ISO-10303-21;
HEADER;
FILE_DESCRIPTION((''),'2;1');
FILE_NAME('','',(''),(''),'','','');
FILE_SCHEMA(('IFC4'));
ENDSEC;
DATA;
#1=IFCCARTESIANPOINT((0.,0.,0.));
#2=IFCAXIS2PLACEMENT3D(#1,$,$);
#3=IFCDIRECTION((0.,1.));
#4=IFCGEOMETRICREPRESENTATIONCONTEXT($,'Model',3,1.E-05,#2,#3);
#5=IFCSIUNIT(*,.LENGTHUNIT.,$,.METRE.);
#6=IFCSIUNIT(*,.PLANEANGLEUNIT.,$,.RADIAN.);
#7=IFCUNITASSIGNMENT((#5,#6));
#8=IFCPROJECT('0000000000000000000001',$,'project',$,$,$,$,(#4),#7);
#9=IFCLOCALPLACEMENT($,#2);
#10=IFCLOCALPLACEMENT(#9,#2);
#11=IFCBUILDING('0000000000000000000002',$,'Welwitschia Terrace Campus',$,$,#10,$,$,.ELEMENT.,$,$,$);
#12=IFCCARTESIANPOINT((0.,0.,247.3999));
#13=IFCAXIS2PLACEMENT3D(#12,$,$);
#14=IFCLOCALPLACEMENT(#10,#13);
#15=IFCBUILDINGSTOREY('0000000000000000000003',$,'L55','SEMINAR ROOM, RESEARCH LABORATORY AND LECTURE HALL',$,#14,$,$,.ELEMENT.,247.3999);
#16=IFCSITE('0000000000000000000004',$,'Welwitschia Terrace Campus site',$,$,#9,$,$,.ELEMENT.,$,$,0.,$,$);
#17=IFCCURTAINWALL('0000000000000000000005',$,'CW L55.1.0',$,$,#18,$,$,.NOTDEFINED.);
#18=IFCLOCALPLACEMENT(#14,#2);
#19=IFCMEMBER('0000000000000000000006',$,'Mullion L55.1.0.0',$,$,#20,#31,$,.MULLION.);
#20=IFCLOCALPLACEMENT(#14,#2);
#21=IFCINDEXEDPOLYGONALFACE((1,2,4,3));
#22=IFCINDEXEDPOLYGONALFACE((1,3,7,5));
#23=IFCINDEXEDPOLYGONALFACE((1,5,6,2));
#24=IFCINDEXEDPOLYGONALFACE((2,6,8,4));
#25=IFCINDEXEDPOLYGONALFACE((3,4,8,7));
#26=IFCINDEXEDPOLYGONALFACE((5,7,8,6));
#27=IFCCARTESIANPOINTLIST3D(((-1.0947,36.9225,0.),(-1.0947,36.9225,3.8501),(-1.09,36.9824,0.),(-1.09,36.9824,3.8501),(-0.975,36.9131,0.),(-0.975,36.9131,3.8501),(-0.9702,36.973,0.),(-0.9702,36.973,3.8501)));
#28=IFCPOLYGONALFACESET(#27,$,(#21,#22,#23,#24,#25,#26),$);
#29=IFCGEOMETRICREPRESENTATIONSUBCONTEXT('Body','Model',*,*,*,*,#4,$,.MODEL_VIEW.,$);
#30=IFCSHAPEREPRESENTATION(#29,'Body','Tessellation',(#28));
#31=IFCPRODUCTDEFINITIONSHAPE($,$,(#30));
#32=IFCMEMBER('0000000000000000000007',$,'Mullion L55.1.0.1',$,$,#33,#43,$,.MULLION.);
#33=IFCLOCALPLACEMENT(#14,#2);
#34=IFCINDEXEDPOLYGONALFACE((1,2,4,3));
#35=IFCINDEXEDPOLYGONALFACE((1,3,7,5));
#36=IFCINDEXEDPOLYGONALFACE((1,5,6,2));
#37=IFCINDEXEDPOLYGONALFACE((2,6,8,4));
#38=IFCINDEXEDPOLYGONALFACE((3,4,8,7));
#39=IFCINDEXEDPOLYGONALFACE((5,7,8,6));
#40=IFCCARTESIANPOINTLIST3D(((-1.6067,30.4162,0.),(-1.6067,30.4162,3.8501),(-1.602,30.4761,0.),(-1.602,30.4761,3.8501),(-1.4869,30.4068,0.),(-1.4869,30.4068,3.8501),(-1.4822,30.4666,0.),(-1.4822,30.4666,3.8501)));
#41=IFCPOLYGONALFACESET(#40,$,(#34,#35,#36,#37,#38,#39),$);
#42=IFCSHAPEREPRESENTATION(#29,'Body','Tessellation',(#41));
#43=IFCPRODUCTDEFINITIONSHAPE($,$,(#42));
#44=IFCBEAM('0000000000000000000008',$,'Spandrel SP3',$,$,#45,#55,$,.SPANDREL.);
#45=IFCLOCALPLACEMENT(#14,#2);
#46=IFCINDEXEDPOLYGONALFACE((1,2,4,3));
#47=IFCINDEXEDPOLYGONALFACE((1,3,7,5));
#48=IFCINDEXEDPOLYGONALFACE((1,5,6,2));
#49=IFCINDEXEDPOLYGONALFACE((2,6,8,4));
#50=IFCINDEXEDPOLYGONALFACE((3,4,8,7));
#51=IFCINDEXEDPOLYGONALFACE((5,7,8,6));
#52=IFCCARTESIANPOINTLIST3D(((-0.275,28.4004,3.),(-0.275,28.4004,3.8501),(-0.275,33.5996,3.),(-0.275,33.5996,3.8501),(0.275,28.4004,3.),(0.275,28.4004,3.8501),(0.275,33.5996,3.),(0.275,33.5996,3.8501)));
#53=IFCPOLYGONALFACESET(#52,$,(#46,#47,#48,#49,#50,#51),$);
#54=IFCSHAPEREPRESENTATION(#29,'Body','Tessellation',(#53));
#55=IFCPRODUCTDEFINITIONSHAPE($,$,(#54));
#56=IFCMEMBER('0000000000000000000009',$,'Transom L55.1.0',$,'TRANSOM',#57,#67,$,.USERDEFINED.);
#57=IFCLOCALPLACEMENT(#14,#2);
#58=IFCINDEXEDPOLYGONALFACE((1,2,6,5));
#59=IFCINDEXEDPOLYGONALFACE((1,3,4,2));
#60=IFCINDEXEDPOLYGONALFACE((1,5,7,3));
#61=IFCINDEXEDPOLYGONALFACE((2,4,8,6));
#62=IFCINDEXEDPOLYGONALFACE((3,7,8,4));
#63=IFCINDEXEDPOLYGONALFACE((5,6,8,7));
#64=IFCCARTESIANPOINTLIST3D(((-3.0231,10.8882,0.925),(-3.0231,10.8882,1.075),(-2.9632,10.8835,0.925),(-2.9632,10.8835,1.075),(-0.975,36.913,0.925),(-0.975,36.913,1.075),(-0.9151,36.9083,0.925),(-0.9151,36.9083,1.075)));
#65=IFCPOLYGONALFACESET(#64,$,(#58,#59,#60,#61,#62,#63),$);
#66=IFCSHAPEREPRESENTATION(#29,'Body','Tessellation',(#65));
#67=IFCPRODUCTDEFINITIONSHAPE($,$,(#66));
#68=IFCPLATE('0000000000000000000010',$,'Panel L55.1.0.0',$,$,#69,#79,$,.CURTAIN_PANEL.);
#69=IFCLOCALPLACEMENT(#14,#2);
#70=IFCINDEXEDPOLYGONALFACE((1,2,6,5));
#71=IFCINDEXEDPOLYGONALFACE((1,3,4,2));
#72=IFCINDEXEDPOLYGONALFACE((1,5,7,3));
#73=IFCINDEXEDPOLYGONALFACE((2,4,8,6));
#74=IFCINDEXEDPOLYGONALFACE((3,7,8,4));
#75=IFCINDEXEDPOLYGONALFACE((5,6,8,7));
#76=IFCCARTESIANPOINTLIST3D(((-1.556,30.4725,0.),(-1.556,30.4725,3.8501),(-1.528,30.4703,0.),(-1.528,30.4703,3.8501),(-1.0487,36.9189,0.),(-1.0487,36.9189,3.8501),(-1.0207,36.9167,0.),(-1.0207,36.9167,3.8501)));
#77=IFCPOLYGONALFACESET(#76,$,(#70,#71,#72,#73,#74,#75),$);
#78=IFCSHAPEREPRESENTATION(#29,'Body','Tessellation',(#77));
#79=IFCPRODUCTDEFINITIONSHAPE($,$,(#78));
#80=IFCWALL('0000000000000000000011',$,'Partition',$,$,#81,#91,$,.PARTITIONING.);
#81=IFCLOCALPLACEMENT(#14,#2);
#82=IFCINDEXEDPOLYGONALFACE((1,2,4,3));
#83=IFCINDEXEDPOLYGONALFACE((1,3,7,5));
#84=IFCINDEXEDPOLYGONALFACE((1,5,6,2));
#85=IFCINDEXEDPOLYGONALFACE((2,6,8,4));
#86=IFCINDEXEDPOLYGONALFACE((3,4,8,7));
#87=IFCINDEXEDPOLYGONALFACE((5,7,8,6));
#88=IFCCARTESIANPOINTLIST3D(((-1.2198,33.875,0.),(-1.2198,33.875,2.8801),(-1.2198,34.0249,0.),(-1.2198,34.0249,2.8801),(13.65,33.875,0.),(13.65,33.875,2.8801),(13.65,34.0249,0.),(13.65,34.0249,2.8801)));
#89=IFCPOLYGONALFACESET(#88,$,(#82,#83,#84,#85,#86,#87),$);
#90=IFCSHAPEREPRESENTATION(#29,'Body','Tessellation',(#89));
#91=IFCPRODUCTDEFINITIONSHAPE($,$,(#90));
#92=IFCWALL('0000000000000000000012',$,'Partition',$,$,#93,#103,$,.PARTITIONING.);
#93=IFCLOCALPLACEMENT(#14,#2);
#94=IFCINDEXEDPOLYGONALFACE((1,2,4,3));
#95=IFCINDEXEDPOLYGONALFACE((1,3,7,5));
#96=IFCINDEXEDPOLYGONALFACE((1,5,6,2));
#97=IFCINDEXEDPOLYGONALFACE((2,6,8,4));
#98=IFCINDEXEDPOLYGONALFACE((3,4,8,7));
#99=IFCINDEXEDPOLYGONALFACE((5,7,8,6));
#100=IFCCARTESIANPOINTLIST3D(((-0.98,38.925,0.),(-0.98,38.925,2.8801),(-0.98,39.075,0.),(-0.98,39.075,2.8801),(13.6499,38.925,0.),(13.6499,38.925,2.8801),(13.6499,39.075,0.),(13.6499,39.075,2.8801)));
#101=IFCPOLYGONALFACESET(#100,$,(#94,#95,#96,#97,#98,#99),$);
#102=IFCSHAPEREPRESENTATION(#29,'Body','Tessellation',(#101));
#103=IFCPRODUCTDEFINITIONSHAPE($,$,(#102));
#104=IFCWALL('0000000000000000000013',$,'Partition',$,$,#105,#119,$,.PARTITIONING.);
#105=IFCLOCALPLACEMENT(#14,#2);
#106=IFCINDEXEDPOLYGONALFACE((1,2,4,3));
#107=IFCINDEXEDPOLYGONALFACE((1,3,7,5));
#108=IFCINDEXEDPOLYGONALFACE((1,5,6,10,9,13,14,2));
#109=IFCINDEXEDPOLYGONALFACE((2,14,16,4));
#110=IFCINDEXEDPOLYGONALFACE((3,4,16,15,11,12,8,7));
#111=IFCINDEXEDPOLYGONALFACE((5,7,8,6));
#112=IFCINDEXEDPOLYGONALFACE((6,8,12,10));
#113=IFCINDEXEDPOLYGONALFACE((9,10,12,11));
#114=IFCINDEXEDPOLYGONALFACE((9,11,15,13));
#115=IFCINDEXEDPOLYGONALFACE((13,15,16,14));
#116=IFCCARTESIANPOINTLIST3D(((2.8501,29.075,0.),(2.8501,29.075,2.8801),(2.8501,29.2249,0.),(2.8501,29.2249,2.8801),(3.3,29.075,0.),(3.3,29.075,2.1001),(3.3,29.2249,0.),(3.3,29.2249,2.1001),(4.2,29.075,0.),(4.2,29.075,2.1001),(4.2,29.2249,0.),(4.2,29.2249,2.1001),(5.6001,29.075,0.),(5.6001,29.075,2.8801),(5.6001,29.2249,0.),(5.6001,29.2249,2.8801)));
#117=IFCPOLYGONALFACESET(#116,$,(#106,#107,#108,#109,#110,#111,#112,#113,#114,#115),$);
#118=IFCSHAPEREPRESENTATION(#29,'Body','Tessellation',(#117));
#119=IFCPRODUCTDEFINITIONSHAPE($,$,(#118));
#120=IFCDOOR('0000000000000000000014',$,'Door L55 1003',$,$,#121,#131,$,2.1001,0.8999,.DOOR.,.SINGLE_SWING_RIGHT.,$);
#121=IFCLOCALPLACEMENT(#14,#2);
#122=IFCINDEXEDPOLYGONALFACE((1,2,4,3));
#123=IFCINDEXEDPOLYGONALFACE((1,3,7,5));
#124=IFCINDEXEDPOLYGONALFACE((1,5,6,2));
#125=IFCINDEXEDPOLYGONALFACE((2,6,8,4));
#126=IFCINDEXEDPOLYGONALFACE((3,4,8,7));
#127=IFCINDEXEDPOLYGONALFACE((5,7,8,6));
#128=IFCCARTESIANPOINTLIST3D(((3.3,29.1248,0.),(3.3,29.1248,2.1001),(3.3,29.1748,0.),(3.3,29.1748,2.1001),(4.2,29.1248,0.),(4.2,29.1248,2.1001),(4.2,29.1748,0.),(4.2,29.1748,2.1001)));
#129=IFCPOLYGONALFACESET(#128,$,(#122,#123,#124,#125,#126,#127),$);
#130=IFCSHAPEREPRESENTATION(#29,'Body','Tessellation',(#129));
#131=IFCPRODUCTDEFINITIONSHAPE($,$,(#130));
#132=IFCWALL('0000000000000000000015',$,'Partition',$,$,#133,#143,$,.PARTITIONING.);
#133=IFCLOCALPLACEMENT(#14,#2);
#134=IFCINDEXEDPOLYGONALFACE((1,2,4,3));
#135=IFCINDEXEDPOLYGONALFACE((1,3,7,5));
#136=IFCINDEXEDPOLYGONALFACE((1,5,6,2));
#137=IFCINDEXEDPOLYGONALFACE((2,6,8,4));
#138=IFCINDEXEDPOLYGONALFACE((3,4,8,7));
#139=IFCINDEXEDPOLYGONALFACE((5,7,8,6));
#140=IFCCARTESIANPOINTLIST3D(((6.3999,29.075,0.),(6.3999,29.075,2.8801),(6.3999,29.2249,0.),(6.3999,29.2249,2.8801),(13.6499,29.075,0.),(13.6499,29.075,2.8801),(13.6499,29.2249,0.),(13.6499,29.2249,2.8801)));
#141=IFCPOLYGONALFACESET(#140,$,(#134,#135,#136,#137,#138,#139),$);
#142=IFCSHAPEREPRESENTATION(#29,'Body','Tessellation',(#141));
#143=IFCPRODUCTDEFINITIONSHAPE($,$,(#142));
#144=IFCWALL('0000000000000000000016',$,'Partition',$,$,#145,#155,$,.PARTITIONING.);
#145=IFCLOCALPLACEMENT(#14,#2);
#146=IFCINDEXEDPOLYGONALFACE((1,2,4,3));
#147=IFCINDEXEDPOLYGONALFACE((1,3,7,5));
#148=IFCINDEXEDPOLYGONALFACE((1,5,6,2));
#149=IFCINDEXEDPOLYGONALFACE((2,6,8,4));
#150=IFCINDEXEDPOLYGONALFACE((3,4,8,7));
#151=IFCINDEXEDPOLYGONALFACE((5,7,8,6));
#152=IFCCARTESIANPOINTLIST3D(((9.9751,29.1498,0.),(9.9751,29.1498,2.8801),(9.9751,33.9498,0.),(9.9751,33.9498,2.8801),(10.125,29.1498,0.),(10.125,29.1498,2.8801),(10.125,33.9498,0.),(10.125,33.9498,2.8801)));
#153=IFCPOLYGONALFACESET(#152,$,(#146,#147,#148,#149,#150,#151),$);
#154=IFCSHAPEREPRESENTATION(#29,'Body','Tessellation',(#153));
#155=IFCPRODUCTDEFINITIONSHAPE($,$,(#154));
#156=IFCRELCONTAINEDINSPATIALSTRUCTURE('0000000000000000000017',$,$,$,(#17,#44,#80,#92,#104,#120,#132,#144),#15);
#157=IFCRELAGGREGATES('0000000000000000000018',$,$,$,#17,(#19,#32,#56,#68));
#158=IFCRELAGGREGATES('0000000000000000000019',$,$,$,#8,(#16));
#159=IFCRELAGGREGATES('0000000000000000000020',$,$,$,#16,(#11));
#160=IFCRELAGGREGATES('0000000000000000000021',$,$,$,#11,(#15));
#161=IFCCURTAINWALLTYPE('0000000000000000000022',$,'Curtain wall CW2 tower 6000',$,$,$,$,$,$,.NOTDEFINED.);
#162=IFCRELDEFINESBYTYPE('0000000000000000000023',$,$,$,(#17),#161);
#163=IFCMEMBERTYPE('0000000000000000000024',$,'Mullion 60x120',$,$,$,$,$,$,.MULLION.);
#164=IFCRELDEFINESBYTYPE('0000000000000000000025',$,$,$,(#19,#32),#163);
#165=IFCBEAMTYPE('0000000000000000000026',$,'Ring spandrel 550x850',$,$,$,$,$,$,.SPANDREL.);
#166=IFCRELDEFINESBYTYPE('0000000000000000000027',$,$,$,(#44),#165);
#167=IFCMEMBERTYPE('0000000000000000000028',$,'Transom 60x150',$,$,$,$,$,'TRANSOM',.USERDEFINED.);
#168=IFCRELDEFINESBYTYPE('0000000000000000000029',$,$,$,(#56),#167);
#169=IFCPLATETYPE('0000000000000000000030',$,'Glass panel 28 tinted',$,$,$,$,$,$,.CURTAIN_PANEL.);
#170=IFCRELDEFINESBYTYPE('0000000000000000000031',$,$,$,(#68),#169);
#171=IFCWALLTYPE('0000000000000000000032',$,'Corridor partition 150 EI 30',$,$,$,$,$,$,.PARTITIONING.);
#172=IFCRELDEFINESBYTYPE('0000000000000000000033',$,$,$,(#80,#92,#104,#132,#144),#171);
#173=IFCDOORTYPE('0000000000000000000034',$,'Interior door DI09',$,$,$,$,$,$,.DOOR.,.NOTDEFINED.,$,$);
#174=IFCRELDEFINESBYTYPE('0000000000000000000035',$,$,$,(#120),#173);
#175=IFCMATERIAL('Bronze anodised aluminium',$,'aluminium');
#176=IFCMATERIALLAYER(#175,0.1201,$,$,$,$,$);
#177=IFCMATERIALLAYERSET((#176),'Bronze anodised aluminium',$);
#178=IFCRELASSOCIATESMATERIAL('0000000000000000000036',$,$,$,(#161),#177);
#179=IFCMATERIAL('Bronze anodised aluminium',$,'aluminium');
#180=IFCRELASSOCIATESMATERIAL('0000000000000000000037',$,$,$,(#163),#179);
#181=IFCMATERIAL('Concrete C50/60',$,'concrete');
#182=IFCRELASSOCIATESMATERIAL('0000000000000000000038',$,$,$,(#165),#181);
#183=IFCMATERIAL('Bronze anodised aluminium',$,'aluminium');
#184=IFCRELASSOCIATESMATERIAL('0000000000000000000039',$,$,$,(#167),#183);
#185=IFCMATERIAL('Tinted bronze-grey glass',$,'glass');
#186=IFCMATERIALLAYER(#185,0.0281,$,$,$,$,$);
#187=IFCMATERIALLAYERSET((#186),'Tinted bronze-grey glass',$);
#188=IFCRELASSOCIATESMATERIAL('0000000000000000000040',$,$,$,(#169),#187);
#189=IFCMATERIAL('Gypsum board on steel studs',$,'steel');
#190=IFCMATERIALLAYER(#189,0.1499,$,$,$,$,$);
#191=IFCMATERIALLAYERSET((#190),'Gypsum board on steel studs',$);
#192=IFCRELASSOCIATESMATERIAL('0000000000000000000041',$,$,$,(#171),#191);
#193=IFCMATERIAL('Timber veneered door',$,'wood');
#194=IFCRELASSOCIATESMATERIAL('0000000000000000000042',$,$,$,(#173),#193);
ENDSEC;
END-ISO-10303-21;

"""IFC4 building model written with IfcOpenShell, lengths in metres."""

from ifc_helpers import new_model, si_unit, direction, frame, frame_2d, origin, origin_2d, place, context, subcontext, project, spatial, rectangle, extrude, material, layer, layer_set, material_profile, profile_set, type_object, element, fill, aggregate, save


model = new_model("IFC4")

# Units and contexts
model_context = context("Model", 3, precision=1e-05, world=origin(), true_north=direction((0.0, 1.0)))
body_context = subcontext(model_context, "Body", "Model", "MODEL_VIEW")
ifc_project = project(units=[si_unit("LENGTHUNIT", "METRE"), si_unit("PLANEANGLEUNIT", "RADIAN")], contexts=[model_context])

# Site, building, storey
site_placement = place(None, origin())
site = spatial("IfcSite", under=ifc_project, at=site_placement, Name="Welwitschia Terrace Campus site", CompositionType="ELEMENT", RefElevation=0.0)
building_placement = place(site_placement, origin())
building = spatial("IfcBuilding", under=site, at=building_placement, Name="Welwitschia Terrace Campus", CompositionType="ELEMENT")
storey_placement = place(building_placement, frame((0.0, 0.0, 247.3999)))
storey = spatial("IfcBuildingStorey", under=building, at=storey_placement, Name="L55", Description="SEMINAR ROOM, RESEARCH LABORATORY AND LECTURE HALL", CompositionType="ELEMENT", Elevation=247.3999)

# Shared definitions
ifc_material_1 = material(Name="Bronze anodised aluminium", Category="aluminium")
ifc_layer_1 = layer(ifc_material_1, 0.1201)
ifc_layer_set_1 = layer_set([ifc_layer_1], Name="Bronze anodised aluminium")
curtain_wall_type = type_object("IfcCurtainWallType", Name="Curtain wall CW2 tower 6000", PredefinedType="NOTDEFINED", material=ifc_layer_set_1)
ifc_material_2 = material(Name="Bronze anodised aluminium", Category="aluminium")
ifc_material_profile_1 = material_profile(ifc_material_2, rectangle(XDim=0.1201, YDim=0.0601, at=origin_2d()))
ifc_profile_set_1 = profile_set([ifc_material_profile_1], Name="Bronze anodised aluminium")
member_type_1 = type_object("IfcMemberType", Name="Mullion 60x120", PredefinedType="MULLION", material=ifc_profile_set_1)

# Curtain wall, members
curtain_wall_1_placement = place(storey_placement, origin())
curtain_wall_1 = element("IfcCurtainWall", 1, at=curtain_wall_1_placement, inside=storey, type_object=curtain_wall_type, Name="CW L55.1.0", PredefinedType="NOTDEFINED")
member_1_placement = place(storey_placement, frame((-1.0325, 36.9478, 0.0), z_axis=(0.0, 0.0, 1.0), x_axis=(0.996917, -0.078459, 0.0)))
member_1 = element("IfcMember", 2, at=member_1_placement, type_object=member_type_1, Name="Mullion L55.1.0.0", PredefinedType="MULLION", context=body_context, shape_type="SweptSolid", body=[
    extrude(rectangle(XDim=0.1201, YDim=0.0601, at=origin_2d()), origin(), (0.0, 0.0, 1.0), 3.8501),
])
member_2_placement = place(storey_placement, frame((-1.5444, 30.4414, 0.0), z_axis=(0.0, 0.0, 1.0), x_axis=(0.996917, -0.078459, 0.0)))
member_2 = element("IfcMember", 3, at=member_2_placement, type_object=member_type_1, Name="Mullion L55.1.0.1", PredefinedType="MULLION", context=body_context, shape_type="SweptSolid", body=[
    extrude(rectangle(XDim=0.1201, YDim=0.0601, at=origin_2d()), origin(), (0.0, 0.0, 1.0), 3.8501),
])

# Beam
ifc_material_3 = material(Name="Concrete C50/60", Category="concrete")
ifc_material_profile_2 = material_profile(ifc_material_3, rectangle(XDim=0.55, YDim=0.8501, at=origin_2d()))
ifc_profile_set_2 = profile_set([ifc_material_profile_2], Name="Concrete C50/60")
beam_type_1 = type_object("IfcBeamType", Name="Ring spandrel 550x850", PredefinedType="SPANDREL", material=ifc_profile_set_2)
beam_1_placement = place(storey_placement, frame((0.0, 33.5996, 3.425), z_axis=(0.0, -1.0, 0.0), x_axis=(1.0, 0.0, 0.0)))
element("IfcBeam", 4, at=beam_1_placement, inside=storey, type_object=beam_type_1, Name="Spandrel SP3", PredefinedType="SPANDREL", context=body_context, shape_type="SweptSolid", body=[
    extrude(rectangle(XDim=0.55, YDim=0.8501, at=origin_2d()), origin(), (0.0, 0.0, 1.0), 5.1992),
])

# Member
ifc_material_4 = material(Name="Bronze anodised aluminium", Category="aluminium")
ifc_material_profile_3 = material_profile(ifc_material_4, rectangle(XDim=0.0601, YDim=0.1499, at=origin_2d()))
ifc_profile_set_3 = profile_set([ifc_material_profile_3], Name="Bronze anodised aluminium")
member_type_2 = type_object("IfcMemberType", Name="Transom 60x150", ElementType="TRANSOM", PredefinedType="USERDEFINED", material=ifc_profile_set_3)
member_3_placement = place(storey_placement, frame((-0.9451, 36.9106, 1.0), z_axis=(-0.078456, -0.996918, 0.0), x_axis=(0.996918, -0.078456, 0.0)))
member_3 = element("IfcMember", 5, at=member_3_placement, type_object=member_type_2, Name="Transom L55.1.0", ObjectType="TRANSOM", PredefinedType="USERDEFINED", context=body_context, shape_type="SweptSolid", body=[
    extrude(rectangle(XDim=0.0601, YDim=0.1499, at=origin_2d()), origin(), (0.0, 0.0, 1.0), 26.1052),
])

# Plate
ifc_material_5 = material(Name="Tinted bronze-grey glass", Category="glass")
ifc_layer_2 = layer(ifc_material_5, 0.0281)
ifc_layer_set_2 = layer_set([ifc_layer_2], Name="Tinted bronze-grey glass")
plate_type = type_object("IfcPlateType", Name="Glass panel 28 tinted", PredefinedType="CURTAIN_PANEL", material=ifc_layer_set_2)
plate_placement = place(storey_placement, frame((-1.2883, 33.6946, 0.0), z_axis=(0.0, 0.0, 1.0), x_axis=(-0.078459, -0.996917, 0.0)))
plate = element("IfcPlate", 6, at=plate_placement, type_object=plate_type, Name="Panel L55.1.0.0", PredefinedType="CURTAIN_PANEL", context=body_context, shape_type="SweptSolid", body=[
    extrude(rectangle(XDim=6.4663, YDim=0.0281, at=origin_2d()), origin(), (0.0, 0.0, 1.0), 3.8501),
])
aggregate(curtain_wall_1, [member_1, member_2, member_3, plate])

# Walls
ifc_material_6 = material(Name="Gypsum board on steel studs", Category="steel")
ifc_layer_3 = layer(ifc_material_6, 0.1499)
ifc_layer_set_3 = layer_set([ifc_layer_3], Name="Gypsum board on steel studs")
wall_type = type_object("IfcWallType", Name="Corridor partition 150 EI 30", PredefinedType="PARTITIONING", material=ifc_layer_set_3)
wall_1_placement = place(storey_placement, frame((-1.22, 33.95, 0.0), z_axis=(0.0, 0.0, 1.0), x_axis=(1.0, 0.0, 0.0)))
element("IfcWall", 7, at=wall_1_placement, inside=storey, type_object=wall_type, Name="Partition", PredefinedType="PARTITIONING", context=body_context, shape_type="SweptSolid", body=[
    extrude(rectangle(XDim=14.8699, YDim=0.1499, at=frame_2d((7.4351, 0.0))), origin(), (0.0, 0.0, 1.0), 2.8801),
])
wall_2_placement = place(storey_placement, frame((-0.98, 39.0, 0.0), z_axis=(0.0, 0.0, 1.0), x_axis=(1.0, 0.0, 0.0)))
element("IfcWall", 8, at=wall_2_placement, inside=storey, type_object=wall_type, Name="Partition", PredefinedType="PARTITIONING", context=body_context, shape_type="SweptSolid", body=[
    extrude(rectangle(XDim=14.6299, YDim=0.1499, at=frame_2d((7.3149, 0.0))), origin(), (0.0, 0.0, 1.0), 2.8801),
])

# Wall, opening, door
wall_3_placement = place(storey_placement, frame((2.8501, 29.1499, 0.0), z_axis=(0.0, 0.0, 1.0), x_axis=(1.0, 0.0, 0.0)))
wall_3 = element("IfcWall", 9, at=wall_3_placement, inside=storey, type_object=wall_type, Name="Partition", PredefinedType="PARTITIONING", context=body_context, shape_type="SweptSolid", body=[
    extrude(rectangle(XDim=2.75, YDim=0.1499, at=frame_2d((1.375, 0.0))), origin(), (0.0, 0.0, 1.0), 2.8801),
])
opening_1_placement = place(wall_3_placement, frame((0.45, 0.0, 0.0)))
opening_1 = element("IfcOpeningElement", 10, at=opening_1_placement, cuts=wall_3, PredefinedType="OPENING", context=body_context, shape_type="SweptSolid", body=[
    extrude(rectangle(XDim=0.8999, YDim=2.1001, at=frame_2d((0.45, 1.05))), frame((0.0, 0.085, 0.0), z_axis=(0.0, -1.0, 0.0), x_axis=(1.0, 0.0, 0.0)), (0.0, 0.0, 1.0), 0.1699),
])
ifc_material_7 = material(Name="Timber veneered door", Category="wood")
door_type_1 = type_object("IfcDoorType", Name="Interior door DI09", OperationType="NOTDEFINED", PredefinedType="DOOR", material=ifc_material_7)
door_1_placement = place(opening_1_placement, origin())
door_1 = element("IfcDoor", 11, at=door_1_placement, inside=storey, type_object=door_type_1, Name="Door L55 1003", OperationType="SINGLE_SWING_RIGHT", OverallHeight=2.1001, OverallWidth=0.8999, PredefinedType="DOOR", context=body_context, shape_type="SweptSolid", body=[
    extrude(rectangle(XDim=0.8999, YDim=2.1001, at=frame_2d((0.45, 1.05))), frame((0.0, 0.0249, 0.0), z_axis=(0.0, -1.0, 0.0), x_axis=(1.0, 0.0, 0.0)), (0.0, 0.0, 1.0), 0.05),
])
fill(opening_1, door_1)

# Walls
wall_4_placement = place(storey_placement, frame((6.3999, 29.1499, 0.0), z_axis=(0.0, 0.0, 1.0), x_axis=(1.0, 0.0, 0.0)))
element("IfcWall", 12, at=wall_4_placement, inside=storey, type_object=wall_type, Name="Partition", PredefinedType="PARTITIONING", context=body_context, shape_type="SweptSolid", body=[
    extrude(rectangle(XDim=7.25, YDim=0.1499, at=frame_2d((3.625, 0.0))), origin(), (0.0, 0.0, 1.0), 2.8801),
])
wall_5_placement = place(storey_placement, frame((10.05, 29.1499, 0.0), z_axis=(0.0, 0.0, 1.0), x_axis=(0.0, 1.0, 0.0)))
element("IfcWall", 13, at=wall_5_placement, inside=storey, type_object=wall_type, Name="Partition", PredefinedType="PARTITIONING", context=body_context, shape_type="SweptSolid", body=[
    extrude(rectangle(XDim=4.8, YDim=0.1499, at=frame_2d((2.3999, 0.0))), origin(), (0.0, 0.0, 1.0), 2.8801),
])

save(model, "model.ifc")
